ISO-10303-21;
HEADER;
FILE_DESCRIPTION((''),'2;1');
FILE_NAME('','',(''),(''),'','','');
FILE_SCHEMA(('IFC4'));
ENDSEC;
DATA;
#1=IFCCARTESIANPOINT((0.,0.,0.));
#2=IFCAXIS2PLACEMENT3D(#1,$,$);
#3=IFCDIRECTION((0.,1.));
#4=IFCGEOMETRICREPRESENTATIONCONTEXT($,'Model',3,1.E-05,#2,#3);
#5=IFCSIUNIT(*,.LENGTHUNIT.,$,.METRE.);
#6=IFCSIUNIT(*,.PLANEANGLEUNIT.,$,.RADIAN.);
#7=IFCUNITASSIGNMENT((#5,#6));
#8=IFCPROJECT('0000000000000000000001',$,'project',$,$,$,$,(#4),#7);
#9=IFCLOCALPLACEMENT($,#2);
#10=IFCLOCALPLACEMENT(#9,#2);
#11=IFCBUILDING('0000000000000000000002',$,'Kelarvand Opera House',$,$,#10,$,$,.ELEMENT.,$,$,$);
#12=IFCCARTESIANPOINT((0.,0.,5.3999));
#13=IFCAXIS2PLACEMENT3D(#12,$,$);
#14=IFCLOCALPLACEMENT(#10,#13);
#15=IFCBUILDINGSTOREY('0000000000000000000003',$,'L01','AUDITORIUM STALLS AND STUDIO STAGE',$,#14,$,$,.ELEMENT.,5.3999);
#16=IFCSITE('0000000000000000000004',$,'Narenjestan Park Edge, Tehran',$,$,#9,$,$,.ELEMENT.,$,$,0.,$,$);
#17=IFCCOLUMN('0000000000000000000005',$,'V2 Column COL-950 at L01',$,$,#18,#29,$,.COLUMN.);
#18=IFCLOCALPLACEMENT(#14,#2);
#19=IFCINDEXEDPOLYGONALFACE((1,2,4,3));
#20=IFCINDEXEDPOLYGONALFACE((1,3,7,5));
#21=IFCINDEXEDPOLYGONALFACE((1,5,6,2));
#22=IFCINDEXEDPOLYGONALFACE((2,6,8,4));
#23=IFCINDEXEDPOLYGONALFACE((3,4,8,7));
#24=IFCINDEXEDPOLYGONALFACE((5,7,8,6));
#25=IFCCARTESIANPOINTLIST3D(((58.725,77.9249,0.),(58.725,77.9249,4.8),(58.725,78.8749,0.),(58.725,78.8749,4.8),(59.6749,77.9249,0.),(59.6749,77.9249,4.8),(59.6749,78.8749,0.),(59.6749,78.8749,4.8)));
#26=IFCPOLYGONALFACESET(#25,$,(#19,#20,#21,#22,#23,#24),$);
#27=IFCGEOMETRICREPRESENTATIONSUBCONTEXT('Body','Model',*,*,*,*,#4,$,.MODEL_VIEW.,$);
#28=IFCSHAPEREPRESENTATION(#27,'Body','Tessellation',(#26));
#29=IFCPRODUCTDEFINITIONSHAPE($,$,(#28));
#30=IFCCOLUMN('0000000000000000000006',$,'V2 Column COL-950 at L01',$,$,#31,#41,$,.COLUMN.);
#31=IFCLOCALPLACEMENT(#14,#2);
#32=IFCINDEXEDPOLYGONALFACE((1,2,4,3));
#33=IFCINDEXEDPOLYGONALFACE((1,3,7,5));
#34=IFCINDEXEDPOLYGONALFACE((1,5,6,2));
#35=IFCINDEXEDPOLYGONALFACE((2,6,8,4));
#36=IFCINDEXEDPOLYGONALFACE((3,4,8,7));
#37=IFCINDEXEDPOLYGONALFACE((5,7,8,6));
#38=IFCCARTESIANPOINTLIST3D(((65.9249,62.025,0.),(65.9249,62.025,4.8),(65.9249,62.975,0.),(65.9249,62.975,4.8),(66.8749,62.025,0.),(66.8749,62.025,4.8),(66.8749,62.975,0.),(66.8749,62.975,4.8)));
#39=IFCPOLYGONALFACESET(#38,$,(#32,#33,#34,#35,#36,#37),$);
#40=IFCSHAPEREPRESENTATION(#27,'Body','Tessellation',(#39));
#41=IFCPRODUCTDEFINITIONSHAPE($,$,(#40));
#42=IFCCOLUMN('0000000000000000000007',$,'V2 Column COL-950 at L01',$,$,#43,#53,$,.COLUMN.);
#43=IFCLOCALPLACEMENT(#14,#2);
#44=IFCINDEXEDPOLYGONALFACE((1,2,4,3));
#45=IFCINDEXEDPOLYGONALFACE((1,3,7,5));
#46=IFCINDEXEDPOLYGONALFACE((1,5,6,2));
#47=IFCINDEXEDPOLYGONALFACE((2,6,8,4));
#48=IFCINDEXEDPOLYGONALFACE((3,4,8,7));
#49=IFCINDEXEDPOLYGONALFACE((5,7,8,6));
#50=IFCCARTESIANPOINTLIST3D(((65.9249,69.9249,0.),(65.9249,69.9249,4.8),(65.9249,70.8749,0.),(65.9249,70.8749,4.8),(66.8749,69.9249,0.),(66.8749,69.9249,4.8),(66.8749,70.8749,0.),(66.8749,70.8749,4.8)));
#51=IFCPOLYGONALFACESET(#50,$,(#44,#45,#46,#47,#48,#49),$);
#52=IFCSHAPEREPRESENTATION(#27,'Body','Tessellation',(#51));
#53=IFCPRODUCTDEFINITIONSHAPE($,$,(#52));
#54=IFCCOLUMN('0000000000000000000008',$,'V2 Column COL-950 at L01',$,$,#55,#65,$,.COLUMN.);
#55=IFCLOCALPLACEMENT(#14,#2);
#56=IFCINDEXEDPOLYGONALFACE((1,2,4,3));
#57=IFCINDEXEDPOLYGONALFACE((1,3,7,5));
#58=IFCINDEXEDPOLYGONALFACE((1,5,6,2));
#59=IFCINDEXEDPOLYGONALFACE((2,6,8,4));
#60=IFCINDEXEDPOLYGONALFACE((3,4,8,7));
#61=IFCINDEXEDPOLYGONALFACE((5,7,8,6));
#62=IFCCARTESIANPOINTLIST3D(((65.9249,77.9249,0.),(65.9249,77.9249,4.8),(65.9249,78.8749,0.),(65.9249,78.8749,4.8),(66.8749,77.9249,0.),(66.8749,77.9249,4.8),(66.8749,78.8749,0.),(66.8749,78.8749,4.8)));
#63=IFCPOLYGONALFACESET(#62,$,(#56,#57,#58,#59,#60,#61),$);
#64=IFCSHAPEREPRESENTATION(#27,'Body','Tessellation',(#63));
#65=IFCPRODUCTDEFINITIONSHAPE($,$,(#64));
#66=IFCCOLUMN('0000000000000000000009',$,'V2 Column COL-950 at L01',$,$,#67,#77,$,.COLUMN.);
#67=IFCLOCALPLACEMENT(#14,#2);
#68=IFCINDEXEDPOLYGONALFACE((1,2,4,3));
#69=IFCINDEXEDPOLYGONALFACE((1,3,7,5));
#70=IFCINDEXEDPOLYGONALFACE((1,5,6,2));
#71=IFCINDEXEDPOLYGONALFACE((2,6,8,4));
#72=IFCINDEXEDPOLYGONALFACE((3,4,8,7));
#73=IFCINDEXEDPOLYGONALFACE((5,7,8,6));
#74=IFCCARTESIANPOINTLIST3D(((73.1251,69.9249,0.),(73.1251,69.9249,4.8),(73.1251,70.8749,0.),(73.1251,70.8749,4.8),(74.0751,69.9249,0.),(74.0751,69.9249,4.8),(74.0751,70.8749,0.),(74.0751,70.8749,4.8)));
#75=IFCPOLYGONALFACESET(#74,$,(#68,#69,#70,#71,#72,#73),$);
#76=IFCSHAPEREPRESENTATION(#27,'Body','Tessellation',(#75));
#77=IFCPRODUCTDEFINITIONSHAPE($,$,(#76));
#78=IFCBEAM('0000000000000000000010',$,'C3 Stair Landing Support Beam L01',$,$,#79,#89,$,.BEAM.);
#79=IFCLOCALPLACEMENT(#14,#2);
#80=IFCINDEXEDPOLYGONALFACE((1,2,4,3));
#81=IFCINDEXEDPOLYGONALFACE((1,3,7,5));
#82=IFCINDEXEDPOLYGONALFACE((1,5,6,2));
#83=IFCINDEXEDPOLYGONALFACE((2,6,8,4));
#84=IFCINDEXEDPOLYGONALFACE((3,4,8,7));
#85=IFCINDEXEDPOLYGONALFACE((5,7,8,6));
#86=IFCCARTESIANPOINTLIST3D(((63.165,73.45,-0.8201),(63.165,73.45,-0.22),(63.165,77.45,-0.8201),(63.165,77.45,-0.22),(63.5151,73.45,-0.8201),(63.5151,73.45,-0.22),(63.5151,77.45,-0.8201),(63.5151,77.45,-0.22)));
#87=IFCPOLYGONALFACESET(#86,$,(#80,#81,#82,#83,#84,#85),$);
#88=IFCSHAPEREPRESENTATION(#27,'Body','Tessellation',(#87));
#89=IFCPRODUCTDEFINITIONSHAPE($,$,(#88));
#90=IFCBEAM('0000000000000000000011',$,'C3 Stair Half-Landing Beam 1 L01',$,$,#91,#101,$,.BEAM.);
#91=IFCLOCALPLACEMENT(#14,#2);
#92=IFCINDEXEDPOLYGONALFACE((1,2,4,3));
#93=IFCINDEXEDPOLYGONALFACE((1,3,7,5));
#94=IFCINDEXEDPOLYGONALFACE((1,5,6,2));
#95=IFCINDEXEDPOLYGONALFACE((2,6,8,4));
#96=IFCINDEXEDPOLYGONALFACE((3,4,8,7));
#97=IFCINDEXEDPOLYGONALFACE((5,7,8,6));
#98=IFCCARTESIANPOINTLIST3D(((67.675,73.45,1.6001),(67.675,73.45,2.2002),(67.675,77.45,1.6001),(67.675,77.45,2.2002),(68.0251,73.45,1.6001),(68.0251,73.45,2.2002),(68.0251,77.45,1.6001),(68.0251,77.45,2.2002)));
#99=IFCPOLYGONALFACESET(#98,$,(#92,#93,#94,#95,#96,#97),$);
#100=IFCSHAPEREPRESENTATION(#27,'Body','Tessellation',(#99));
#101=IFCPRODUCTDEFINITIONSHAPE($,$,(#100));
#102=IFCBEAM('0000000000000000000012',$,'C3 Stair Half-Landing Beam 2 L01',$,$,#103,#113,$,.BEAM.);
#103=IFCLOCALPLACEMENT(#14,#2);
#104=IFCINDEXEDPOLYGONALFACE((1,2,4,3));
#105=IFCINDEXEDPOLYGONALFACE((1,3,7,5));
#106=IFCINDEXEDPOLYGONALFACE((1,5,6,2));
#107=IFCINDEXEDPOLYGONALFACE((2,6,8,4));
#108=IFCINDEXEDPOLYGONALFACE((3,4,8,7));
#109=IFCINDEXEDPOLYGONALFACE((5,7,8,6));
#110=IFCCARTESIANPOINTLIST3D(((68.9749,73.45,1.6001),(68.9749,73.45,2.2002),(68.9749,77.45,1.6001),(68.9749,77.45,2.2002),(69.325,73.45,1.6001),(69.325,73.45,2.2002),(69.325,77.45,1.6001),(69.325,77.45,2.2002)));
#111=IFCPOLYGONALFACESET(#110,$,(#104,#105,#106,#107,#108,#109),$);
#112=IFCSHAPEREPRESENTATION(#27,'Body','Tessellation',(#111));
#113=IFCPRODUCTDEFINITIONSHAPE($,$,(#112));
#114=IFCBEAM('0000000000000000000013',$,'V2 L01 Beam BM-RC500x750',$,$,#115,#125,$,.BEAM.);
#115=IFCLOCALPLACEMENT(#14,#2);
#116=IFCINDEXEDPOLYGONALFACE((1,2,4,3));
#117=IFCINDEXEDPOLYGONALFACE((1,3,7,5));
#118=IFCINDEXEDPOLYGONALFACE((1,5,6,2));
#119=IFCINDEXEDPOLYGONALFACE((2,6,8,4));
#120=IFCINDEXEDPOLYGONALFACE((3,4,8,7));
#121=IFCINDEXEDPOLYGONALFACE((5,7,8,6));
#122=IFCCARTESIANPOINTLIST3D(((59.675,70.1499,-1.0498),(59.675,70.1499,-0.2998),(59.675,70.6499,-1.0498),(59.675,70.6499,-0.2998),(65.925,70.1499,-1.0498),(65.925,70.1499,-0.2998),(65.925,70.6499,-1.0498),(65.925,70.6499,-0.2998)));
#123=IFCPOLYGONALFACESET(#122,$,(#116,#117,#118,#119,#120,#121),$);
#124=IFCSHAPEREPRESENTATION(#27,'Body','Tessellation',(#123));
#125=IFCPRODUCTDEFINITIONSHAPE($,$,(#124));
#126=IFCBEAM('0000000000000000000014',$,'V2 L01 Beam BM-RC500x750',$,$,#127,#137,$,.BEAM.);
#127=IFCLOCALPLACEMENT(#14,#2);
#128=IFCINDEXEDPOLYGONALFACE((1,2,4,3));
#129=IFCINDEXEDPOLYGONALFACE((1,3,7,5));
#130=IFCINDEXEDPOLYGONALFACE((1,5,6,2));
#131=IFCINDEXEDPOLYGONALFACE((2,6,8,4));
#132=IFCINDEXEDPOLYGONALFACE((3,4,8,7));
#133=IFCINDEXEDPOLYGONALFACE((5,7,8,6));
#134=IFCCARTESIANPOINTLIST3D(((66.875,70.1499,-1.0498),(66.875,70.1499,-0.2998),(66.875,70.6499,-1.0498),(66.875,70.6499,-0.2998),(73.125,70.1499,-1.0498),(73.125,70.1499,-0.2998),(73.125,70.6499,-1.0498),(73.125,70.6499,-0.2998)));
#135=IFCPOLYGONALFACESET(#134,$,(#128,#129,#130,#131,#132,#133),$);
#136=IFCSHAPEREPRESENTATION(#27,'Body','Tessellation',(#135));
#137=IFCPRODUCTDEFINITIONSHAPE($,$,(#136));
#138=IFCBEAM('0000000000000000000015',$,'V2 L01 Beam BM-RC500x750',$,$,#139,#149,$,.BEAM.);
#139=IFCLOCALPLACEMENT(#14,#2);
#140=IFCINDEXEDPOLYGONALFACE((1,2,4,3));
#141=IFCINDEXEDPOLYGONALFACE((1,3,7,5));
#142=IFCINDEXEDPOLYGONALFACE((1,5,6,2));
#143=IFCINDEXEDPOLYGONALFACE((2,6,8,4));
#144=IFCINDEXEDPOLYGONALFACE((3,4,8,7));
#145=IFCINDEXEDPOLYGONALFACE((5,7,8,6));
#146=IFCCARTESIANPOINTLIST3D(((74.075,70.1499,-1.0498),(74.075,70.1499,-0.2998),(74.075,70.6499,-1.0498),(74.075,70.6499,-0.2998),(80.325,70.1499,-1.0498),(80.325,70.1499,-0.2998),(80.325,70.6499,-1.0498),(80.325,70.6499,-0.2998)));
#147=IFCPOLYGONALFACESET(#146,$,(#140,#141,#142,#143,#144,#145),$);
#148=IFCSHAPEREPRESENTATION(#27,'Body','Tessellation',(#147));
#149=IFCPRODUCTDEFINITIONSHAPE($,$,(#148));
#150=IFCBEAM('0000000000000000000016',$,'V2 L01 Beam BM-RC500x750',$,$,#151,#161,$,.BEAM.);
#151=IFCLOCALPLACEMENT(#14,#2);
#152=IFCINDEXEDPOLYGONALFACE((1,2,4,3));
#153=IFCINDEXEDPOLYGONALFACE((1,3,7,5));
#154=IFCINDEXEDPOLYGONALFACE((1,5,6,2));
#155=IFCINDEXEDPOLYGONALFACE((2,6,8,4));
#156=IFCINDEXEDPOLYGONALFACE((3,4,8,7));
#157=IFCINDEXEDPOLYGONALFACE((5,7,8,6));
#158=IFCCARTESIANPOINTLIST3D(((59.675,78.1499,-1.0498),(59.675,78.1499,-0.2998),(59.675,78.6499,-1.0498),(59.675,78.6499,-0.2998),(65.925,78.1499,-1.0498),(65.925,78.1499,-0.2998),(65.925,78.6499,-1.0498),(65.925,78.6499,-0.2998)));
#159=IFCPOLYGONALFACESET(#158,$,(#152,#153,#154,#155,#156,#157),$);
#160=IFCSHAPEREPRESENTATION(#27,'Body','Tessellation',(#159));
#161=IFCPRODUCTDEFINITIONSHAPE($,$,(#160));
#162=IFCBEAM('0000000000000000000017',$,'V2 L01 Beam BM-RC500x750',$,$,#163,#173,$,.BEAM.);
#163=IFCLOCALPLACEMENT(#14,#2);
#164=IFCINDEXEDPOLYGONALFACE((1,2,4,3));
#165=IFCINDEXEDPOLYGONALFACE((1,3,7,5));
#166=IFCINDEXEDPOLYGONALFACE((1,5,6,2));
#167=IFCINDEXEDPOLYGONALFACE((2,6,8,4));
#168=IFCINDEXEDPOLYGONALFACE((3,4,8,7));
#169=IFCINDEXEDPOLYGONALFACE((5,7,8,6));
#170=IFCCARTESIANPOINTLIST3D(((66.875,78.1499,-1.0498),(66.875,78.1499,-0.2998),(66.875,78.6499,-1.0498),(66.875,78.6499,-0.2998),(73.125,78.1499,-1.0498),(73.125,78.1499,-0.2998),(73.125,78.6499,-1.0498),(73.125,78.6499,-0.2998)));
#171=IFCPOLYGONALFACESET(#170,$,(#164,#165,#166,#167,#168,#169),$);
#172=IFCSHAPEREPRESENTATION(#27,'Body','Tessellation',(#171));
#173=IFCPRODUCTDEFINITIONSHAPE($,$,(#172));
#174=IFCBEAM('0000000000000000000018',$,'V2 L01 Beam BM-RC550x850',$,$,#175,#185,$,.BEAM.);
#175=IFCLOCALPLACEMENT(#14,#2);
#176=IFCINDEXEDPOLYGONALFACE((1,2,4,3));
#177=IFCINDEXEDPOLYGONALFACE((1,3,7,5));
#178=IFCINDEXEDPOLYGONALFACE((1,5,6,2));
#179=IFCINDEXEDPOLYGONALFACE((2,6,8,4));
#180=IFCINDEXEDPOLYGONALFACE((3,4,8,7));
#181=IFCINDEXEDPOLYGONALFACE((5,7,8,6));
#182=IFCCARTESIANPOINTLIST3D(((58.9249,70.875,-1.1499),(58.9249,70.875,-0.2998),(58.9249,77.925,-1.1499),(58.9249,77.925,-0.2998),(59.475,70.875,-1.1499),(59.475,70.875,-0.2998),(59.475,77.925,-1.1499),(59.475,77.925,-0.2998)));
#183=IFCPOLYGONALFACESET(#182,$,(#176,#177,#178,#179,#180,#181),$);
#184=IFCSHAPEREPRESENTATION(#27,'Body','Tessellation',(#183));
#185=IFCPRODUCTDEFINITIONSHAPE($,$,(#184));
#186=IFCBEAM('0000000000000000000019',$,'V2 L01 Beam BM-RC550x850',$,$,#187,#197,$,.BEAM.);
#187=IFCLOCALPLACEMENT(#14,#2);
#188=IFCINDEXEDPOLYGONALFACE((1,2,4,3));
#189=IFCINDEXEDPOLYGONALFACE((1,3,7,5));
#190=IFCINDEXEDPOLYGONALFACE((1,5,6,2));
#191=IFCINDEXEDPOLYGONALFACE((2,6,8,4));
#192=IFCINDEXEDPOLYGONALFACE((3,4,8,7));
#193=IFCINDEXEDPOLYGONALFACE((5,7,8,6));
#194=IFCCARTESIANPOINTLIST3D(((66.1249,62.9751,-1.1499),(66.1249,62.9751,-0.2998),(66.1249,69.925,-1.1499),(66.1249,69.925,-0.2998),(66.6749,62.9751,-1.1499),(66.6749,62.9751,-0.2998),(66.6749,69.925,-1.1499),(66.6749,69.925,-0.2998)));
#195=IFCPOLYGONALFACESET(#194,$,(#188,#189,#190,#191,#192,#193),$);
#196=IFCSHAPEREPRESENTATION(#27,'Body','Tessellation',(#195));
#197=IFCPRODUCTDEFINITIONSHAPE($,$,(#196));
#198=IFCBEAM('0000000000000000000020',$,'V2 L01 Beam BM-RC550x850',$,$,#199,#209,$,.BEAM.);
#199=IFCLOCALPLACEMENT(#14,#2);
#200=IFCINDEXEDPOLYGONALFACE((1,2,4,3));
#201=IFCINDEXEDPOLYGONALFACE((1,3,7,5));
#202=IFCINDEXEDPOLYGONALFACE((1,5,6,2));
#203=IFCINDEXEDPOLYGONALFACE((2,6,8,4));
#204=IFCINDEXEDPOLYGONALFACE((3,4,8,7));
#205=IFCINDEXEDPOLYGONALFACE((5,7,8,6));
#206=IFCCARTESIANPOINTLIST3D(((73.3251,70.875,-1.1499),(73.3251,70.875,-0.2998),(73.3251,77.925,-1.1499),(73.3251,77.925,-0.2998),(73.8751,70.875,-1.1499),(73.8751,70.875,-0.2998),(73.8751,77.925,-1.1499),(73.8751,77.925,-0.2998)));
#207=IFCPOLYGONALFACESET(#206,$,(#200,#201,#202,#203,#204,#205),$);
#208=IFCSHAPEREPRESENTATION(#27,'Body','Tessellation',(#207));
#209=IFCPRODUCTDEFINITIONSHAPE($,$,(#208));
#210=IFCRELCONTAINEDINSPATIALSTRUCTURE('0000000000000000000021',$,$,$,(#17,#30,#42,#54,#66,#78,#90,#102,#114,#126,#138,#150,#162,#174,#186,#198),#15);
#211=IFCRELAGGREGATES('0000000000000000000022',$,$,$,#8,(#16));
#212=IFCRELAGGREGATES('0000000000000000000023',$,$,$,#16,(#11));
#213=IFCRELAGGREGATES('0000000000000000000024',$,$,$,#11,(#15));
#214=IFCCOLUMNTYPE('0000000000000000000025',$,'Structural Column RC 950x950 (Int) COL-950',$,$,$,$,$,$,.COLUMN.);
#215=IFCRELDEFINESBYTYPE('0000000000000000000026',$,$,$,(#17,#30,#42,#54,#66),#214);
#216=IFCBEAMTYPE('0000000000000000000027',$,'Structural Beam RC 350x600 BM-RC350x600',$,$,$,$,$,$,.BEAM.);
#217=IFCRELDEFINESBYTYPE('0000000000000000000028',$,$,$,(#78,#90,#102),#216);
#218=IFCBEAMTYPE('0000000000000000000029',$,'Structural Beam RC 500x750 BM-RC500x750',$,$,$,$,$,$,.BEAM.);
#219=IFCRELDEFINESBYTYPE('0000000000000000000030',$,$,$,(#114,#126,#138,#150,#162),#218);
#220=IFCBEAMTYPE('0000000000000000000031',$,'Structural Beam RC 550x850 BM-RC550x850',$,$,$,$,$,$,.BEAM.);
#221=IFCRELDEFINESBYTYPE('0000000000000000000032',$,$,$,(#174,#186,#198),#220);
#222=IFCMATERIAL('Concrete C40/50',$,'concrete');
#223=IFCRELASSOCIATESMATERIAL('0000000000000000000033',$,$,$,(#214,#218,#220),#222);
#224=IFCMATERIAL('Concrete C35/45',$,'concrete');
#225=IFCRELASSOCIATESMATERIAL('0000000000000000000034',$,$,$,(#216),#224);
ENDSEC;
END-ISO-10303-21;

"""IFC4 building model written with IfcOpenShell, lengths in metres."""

from ifc_helpers import new_model, si_unit, direction, frame, origin, origin_2d, place, context, subcontext, project, spatial, rectangle, extrude, material, material_profile, profile_set, type_object, element, save


model = new_model("IFC4")

# Units and contexts
model_context = context("Model", 3, precision=1e-05, world=origin(), true_north=direction((0.0, 1.0)))
body_context = subcontext(model_context, "Body", "Model", "MODEL_VIEW")
ifc_project = project(units=[si_unit("LENGTHUNIT", "METRE"), si_unit("PLANEANGLEUNIT", "RADIAN")], contexts=[model_context])

# Site, building, storey
site_placement = place(None, origin())
site = spatial("IfcSite", under=ifc_project, at=site_placement, Name="Narenjestan Park Edge, Tehran", CompositionType="ELEMENT", RefElevation=0.0)
building_placement = place(site_placement, origin())
building = spatial("IfcBuilding", under=site, at=building_placement, Name="Kelarvand Opera House", CompositionType="ELEMENT")
storey_placement = place(building_placement, frame((0.0, 0.0, 5.3999)))
storey = spatial("IfcBuildingStorey", under=building, at=storey_placement, Name="L01", Description="AUDITORIUM STALLS AND STUDIO STAGE", CompositionType="ELEMENT", Elevation=5.3999)

# Columns
ifc_material_1 = material(Name="Concrete C40/50", Category="concrete")
ifc_material_profile_1 = material_profile(ifc_material_1, rectangle(XDim=0.95, YDim=0.95, at=origin_2d()), Name="RC 950x950", Category="concrete")
ifc_profile_set_1 = profile_set([ifc_material_profile_1], Name="Concrete C40/50")
column_type = type_object("IfcColumnType", Name="Structural Column RC 950x950 (Int) COL-950", PredefinedType="COLUMN", material=ifc_profile_set_1)
for number, where, z_axis, x_axis, name in (
    (1, (59.2, 78.3999, 0.0), (0.0, 0.0, 1.0), (1.0, 0.0, 0.0), "V2 Column COL-950 at L01"),
    (2, (66.3999, 62.5, 0.0), (0.0, 0.0, 1.0), (1.0, 0.0, 0.0), "V2 Column COL-950 at L01"),
    (3, (66.3999, 70.3999, 0.0), (0.0, 0.0, 1.0), (1.0, 0.0, 0.0), "V2 Column COL-950 at L01"),
    (4, (66.3999, 78.3999, 0.0), (0.0, 0.0, 1.0), (1.0, 0.0, 0.0), "V2 Column COL-950 at L01"),
    (5, (73.6001, 70.3999, 0.0), (0.0, 0.0, 1.0), (1.0, 0.0, 0.0), "V2 Column COL-950 at L01"),
):
    element("IfcColumn", number, at=place(storey_placement, frame(where, z_axis=z_axis, x_axis=x_axis)), inside=storey, type_object=column_type, Name=name, PredefinedType="COLUMN", context=body_context, shape_type="SweptSolid", body=[
        extrude(rectangle(XDim=0.95, YDim=0.95, at=origin_2d()), origin(), (0.0, 0.0, 1.0), 4.8),
    ])

# Beams
ifc_material_2 = material(Name="Concrete C35/45", Category="concrete")
ifc_material_profile_2 = material_profile(ifc_material_2, rectangle(XDim=0.3501, YDim=0.6001, at=origin_2d()), Name="RC 350x600", Category="concrete")
ifc_profile_set_2 = profile_set([ifc_material_profile_2], Name="Concrete C35/45")
beam_type_1 = type_object("IfcBeamType", Name="Structural Beam RC 350x600 BM-RC350x600", PredefinedType="BEAM", material=ifc_profile_set_2)
for number, where, z_axis, x_axis, name in (
    (6, (63.3401, 73.45, -0.52), (0.0, 1.0, 0.0), (-1.0, 0.0, 0.0), "C3 Stair Landing Support Beam L01"),
    (7, (67.8501, 73.45, 1.9001), (0.0, 1.0, 0.0), (-1.0, 0.0, 0.0), "C3 Stair Half-Landing Beam 1 L01"),
    (8, (69.1499, 73.45, 1.9001), (0.0, 1.0, 0.0), (-1.0, 0.0, 0.0), "C3 Stair Half-Landing Beam 2 L01"),
):
    element("IfcBeam", number, at=place(storey_placement, frame(where, z_axis=z_axis, x_axis=x_axis)), inside=storey, type_object=beam_type_1, Name=name, PredefinedType="BEAM", context=body_context, shape_type="SweptSolid", body=[
        extrude(rectangle(XDim=0.3501, YDim=0.6001, at=origin_2d()), origin(), (0.0, 0.0, 1.0), 4.0),
    ])
ifc_material_profile_3 = material_profile(ifc_material_1, rectangle(XDim=0.5, YDim=0.75, at=origin_2d()), Name="RC 500x750", Category="concrete")
ifc_profile_set_3 = profile_set([ifc_material_profile_3], Name="Concrete C40/50")
beam_type_2 = type_object("IfcBeamType", Name="Structural Beam RC 500x750 BM-RC500x750", PredefinedType="BEAM", material=ifc_profile_set_3)
for number, where, z_axis, x_axis, name in (
    (9, (59.675, 70.3999, -0.6748), (1.0, 0.0, 0.0), (0.0, 1.0, 0.0), "V2 L01 Beam BM-RC500x750"),
    (10, (66.875, 70.3999, -0.6748), (1.0, 0.0, 0.0), (0.0, 1.0, 0.0), "V2 L01 Beam BM-RC500x750"),
    (11, (74.075, 70.3999, -0.6748), (1.0, 0.0, 0.0), (0.0, 1.0, 0.0), "V2 L01 Beam BM-RC500x750"),
    (12, (59.675, 78.3999, -0.6748), (1.0, 0.0, 0.0), (0.0, 1.0, 0.0), "V2 L01 Beam BM-RC500x750"),
    (13, (66.875, 78.3999, -0.6748), (1.0, 0.0, 0.0), (0.0, 1.0, 0.0), "V2 L01 Beam BM-RC500x750"),
):
    element("IfcBeam", number, at=place(storey_placement, frame(where, z_axis=z_axis, x_axis=x_axis)), inside=storey, type_object=beam_type_2, Name=name, PredefinedType="BEAM", context=body_context, shape_type="SweptSolid", body=[
        extrude(rectangle(XDim=0.5, YDim=0.75, at=origin_2d()), origin(), (0.0, 0.0, 1.0), 6.25),
    ])
ifc_material_profile_4 = material_profile(ifc_material_1, rectangle(XDim=0.55, YDim=0.8501, at=origin_2d()), Name="RC 550x850", Category="concrete")
ifc_profile_set_4 = profile_set([ifc_material_profile_4], Name="Concrete C40/50")
beam_type_3 = type_object("IfcBeamType", Name="Structural Beam RC 550x850 BM-RC550x850", PredefinedType="BEAM", material=ifc_profile_set_4)
beam_1_placement = place(storey_placement, frame((59.2, 70.875, -0.7249), z_axis=(0.0, 1.0, 0.0), x_axis=(-1.0, 0.0, 0.0)))
element("IfcBeam", 14, at=beam_1_placement, inside=storey, type_object=beam_type_3, Name="V2 L01 Beam BM-RC550x850", PredefinedType="BEAM", context=body_context, shape_type="SweptSolid", body=[
    extrude(rectangle(XDim=0.55, YDim=0.8501, at=origin_2d()), origin(), (0.0, 0.0, 1.0), 7.05),
])
beam_2_placement = place(storey_placement, frame((66.3999, 62.9751, -0.7249), z_axis=(0.0, 1.0, 0.0), x_axis=(-1.0, 0.0, 0.0)))
element("IfcBeam", 15, at=beam_2_placement, inside=storey, type_object=beam_type_3, Name="V2 L01 Beam BM-RC550x850", PredefinedType="BEAM", context=body_context, shape_type="SweptSolid", body=[
    extrude(rectangle(XDim=0.55, YDim=0.8501, at=origin_2d()), origin(), (0.0, 0.0, 1.0), 6.95),
])
beam_3_placement = place(storey_placement, frame((73.6001, 70.875, -0.7249), z_axis=(0.0, 1.0, 0.0), x_axis=(-1.0, 0.0, 0.0)))
element("IfcBeam", 16, at=beam_3_placement, inside=storey, type_object=beam_type_3, Name="V2 L01 Beam BM-RC550x850", PredefinedType="BEAM", context=body_context, shape_type="SweptSolid", body=[
    extrude(rectangle(XDim=0.55, YDim=0.8501, at=origin_2d()), origin(), (0.0, 0.0, 1.0), 7.05),
])

save(model, "model.ifc")
